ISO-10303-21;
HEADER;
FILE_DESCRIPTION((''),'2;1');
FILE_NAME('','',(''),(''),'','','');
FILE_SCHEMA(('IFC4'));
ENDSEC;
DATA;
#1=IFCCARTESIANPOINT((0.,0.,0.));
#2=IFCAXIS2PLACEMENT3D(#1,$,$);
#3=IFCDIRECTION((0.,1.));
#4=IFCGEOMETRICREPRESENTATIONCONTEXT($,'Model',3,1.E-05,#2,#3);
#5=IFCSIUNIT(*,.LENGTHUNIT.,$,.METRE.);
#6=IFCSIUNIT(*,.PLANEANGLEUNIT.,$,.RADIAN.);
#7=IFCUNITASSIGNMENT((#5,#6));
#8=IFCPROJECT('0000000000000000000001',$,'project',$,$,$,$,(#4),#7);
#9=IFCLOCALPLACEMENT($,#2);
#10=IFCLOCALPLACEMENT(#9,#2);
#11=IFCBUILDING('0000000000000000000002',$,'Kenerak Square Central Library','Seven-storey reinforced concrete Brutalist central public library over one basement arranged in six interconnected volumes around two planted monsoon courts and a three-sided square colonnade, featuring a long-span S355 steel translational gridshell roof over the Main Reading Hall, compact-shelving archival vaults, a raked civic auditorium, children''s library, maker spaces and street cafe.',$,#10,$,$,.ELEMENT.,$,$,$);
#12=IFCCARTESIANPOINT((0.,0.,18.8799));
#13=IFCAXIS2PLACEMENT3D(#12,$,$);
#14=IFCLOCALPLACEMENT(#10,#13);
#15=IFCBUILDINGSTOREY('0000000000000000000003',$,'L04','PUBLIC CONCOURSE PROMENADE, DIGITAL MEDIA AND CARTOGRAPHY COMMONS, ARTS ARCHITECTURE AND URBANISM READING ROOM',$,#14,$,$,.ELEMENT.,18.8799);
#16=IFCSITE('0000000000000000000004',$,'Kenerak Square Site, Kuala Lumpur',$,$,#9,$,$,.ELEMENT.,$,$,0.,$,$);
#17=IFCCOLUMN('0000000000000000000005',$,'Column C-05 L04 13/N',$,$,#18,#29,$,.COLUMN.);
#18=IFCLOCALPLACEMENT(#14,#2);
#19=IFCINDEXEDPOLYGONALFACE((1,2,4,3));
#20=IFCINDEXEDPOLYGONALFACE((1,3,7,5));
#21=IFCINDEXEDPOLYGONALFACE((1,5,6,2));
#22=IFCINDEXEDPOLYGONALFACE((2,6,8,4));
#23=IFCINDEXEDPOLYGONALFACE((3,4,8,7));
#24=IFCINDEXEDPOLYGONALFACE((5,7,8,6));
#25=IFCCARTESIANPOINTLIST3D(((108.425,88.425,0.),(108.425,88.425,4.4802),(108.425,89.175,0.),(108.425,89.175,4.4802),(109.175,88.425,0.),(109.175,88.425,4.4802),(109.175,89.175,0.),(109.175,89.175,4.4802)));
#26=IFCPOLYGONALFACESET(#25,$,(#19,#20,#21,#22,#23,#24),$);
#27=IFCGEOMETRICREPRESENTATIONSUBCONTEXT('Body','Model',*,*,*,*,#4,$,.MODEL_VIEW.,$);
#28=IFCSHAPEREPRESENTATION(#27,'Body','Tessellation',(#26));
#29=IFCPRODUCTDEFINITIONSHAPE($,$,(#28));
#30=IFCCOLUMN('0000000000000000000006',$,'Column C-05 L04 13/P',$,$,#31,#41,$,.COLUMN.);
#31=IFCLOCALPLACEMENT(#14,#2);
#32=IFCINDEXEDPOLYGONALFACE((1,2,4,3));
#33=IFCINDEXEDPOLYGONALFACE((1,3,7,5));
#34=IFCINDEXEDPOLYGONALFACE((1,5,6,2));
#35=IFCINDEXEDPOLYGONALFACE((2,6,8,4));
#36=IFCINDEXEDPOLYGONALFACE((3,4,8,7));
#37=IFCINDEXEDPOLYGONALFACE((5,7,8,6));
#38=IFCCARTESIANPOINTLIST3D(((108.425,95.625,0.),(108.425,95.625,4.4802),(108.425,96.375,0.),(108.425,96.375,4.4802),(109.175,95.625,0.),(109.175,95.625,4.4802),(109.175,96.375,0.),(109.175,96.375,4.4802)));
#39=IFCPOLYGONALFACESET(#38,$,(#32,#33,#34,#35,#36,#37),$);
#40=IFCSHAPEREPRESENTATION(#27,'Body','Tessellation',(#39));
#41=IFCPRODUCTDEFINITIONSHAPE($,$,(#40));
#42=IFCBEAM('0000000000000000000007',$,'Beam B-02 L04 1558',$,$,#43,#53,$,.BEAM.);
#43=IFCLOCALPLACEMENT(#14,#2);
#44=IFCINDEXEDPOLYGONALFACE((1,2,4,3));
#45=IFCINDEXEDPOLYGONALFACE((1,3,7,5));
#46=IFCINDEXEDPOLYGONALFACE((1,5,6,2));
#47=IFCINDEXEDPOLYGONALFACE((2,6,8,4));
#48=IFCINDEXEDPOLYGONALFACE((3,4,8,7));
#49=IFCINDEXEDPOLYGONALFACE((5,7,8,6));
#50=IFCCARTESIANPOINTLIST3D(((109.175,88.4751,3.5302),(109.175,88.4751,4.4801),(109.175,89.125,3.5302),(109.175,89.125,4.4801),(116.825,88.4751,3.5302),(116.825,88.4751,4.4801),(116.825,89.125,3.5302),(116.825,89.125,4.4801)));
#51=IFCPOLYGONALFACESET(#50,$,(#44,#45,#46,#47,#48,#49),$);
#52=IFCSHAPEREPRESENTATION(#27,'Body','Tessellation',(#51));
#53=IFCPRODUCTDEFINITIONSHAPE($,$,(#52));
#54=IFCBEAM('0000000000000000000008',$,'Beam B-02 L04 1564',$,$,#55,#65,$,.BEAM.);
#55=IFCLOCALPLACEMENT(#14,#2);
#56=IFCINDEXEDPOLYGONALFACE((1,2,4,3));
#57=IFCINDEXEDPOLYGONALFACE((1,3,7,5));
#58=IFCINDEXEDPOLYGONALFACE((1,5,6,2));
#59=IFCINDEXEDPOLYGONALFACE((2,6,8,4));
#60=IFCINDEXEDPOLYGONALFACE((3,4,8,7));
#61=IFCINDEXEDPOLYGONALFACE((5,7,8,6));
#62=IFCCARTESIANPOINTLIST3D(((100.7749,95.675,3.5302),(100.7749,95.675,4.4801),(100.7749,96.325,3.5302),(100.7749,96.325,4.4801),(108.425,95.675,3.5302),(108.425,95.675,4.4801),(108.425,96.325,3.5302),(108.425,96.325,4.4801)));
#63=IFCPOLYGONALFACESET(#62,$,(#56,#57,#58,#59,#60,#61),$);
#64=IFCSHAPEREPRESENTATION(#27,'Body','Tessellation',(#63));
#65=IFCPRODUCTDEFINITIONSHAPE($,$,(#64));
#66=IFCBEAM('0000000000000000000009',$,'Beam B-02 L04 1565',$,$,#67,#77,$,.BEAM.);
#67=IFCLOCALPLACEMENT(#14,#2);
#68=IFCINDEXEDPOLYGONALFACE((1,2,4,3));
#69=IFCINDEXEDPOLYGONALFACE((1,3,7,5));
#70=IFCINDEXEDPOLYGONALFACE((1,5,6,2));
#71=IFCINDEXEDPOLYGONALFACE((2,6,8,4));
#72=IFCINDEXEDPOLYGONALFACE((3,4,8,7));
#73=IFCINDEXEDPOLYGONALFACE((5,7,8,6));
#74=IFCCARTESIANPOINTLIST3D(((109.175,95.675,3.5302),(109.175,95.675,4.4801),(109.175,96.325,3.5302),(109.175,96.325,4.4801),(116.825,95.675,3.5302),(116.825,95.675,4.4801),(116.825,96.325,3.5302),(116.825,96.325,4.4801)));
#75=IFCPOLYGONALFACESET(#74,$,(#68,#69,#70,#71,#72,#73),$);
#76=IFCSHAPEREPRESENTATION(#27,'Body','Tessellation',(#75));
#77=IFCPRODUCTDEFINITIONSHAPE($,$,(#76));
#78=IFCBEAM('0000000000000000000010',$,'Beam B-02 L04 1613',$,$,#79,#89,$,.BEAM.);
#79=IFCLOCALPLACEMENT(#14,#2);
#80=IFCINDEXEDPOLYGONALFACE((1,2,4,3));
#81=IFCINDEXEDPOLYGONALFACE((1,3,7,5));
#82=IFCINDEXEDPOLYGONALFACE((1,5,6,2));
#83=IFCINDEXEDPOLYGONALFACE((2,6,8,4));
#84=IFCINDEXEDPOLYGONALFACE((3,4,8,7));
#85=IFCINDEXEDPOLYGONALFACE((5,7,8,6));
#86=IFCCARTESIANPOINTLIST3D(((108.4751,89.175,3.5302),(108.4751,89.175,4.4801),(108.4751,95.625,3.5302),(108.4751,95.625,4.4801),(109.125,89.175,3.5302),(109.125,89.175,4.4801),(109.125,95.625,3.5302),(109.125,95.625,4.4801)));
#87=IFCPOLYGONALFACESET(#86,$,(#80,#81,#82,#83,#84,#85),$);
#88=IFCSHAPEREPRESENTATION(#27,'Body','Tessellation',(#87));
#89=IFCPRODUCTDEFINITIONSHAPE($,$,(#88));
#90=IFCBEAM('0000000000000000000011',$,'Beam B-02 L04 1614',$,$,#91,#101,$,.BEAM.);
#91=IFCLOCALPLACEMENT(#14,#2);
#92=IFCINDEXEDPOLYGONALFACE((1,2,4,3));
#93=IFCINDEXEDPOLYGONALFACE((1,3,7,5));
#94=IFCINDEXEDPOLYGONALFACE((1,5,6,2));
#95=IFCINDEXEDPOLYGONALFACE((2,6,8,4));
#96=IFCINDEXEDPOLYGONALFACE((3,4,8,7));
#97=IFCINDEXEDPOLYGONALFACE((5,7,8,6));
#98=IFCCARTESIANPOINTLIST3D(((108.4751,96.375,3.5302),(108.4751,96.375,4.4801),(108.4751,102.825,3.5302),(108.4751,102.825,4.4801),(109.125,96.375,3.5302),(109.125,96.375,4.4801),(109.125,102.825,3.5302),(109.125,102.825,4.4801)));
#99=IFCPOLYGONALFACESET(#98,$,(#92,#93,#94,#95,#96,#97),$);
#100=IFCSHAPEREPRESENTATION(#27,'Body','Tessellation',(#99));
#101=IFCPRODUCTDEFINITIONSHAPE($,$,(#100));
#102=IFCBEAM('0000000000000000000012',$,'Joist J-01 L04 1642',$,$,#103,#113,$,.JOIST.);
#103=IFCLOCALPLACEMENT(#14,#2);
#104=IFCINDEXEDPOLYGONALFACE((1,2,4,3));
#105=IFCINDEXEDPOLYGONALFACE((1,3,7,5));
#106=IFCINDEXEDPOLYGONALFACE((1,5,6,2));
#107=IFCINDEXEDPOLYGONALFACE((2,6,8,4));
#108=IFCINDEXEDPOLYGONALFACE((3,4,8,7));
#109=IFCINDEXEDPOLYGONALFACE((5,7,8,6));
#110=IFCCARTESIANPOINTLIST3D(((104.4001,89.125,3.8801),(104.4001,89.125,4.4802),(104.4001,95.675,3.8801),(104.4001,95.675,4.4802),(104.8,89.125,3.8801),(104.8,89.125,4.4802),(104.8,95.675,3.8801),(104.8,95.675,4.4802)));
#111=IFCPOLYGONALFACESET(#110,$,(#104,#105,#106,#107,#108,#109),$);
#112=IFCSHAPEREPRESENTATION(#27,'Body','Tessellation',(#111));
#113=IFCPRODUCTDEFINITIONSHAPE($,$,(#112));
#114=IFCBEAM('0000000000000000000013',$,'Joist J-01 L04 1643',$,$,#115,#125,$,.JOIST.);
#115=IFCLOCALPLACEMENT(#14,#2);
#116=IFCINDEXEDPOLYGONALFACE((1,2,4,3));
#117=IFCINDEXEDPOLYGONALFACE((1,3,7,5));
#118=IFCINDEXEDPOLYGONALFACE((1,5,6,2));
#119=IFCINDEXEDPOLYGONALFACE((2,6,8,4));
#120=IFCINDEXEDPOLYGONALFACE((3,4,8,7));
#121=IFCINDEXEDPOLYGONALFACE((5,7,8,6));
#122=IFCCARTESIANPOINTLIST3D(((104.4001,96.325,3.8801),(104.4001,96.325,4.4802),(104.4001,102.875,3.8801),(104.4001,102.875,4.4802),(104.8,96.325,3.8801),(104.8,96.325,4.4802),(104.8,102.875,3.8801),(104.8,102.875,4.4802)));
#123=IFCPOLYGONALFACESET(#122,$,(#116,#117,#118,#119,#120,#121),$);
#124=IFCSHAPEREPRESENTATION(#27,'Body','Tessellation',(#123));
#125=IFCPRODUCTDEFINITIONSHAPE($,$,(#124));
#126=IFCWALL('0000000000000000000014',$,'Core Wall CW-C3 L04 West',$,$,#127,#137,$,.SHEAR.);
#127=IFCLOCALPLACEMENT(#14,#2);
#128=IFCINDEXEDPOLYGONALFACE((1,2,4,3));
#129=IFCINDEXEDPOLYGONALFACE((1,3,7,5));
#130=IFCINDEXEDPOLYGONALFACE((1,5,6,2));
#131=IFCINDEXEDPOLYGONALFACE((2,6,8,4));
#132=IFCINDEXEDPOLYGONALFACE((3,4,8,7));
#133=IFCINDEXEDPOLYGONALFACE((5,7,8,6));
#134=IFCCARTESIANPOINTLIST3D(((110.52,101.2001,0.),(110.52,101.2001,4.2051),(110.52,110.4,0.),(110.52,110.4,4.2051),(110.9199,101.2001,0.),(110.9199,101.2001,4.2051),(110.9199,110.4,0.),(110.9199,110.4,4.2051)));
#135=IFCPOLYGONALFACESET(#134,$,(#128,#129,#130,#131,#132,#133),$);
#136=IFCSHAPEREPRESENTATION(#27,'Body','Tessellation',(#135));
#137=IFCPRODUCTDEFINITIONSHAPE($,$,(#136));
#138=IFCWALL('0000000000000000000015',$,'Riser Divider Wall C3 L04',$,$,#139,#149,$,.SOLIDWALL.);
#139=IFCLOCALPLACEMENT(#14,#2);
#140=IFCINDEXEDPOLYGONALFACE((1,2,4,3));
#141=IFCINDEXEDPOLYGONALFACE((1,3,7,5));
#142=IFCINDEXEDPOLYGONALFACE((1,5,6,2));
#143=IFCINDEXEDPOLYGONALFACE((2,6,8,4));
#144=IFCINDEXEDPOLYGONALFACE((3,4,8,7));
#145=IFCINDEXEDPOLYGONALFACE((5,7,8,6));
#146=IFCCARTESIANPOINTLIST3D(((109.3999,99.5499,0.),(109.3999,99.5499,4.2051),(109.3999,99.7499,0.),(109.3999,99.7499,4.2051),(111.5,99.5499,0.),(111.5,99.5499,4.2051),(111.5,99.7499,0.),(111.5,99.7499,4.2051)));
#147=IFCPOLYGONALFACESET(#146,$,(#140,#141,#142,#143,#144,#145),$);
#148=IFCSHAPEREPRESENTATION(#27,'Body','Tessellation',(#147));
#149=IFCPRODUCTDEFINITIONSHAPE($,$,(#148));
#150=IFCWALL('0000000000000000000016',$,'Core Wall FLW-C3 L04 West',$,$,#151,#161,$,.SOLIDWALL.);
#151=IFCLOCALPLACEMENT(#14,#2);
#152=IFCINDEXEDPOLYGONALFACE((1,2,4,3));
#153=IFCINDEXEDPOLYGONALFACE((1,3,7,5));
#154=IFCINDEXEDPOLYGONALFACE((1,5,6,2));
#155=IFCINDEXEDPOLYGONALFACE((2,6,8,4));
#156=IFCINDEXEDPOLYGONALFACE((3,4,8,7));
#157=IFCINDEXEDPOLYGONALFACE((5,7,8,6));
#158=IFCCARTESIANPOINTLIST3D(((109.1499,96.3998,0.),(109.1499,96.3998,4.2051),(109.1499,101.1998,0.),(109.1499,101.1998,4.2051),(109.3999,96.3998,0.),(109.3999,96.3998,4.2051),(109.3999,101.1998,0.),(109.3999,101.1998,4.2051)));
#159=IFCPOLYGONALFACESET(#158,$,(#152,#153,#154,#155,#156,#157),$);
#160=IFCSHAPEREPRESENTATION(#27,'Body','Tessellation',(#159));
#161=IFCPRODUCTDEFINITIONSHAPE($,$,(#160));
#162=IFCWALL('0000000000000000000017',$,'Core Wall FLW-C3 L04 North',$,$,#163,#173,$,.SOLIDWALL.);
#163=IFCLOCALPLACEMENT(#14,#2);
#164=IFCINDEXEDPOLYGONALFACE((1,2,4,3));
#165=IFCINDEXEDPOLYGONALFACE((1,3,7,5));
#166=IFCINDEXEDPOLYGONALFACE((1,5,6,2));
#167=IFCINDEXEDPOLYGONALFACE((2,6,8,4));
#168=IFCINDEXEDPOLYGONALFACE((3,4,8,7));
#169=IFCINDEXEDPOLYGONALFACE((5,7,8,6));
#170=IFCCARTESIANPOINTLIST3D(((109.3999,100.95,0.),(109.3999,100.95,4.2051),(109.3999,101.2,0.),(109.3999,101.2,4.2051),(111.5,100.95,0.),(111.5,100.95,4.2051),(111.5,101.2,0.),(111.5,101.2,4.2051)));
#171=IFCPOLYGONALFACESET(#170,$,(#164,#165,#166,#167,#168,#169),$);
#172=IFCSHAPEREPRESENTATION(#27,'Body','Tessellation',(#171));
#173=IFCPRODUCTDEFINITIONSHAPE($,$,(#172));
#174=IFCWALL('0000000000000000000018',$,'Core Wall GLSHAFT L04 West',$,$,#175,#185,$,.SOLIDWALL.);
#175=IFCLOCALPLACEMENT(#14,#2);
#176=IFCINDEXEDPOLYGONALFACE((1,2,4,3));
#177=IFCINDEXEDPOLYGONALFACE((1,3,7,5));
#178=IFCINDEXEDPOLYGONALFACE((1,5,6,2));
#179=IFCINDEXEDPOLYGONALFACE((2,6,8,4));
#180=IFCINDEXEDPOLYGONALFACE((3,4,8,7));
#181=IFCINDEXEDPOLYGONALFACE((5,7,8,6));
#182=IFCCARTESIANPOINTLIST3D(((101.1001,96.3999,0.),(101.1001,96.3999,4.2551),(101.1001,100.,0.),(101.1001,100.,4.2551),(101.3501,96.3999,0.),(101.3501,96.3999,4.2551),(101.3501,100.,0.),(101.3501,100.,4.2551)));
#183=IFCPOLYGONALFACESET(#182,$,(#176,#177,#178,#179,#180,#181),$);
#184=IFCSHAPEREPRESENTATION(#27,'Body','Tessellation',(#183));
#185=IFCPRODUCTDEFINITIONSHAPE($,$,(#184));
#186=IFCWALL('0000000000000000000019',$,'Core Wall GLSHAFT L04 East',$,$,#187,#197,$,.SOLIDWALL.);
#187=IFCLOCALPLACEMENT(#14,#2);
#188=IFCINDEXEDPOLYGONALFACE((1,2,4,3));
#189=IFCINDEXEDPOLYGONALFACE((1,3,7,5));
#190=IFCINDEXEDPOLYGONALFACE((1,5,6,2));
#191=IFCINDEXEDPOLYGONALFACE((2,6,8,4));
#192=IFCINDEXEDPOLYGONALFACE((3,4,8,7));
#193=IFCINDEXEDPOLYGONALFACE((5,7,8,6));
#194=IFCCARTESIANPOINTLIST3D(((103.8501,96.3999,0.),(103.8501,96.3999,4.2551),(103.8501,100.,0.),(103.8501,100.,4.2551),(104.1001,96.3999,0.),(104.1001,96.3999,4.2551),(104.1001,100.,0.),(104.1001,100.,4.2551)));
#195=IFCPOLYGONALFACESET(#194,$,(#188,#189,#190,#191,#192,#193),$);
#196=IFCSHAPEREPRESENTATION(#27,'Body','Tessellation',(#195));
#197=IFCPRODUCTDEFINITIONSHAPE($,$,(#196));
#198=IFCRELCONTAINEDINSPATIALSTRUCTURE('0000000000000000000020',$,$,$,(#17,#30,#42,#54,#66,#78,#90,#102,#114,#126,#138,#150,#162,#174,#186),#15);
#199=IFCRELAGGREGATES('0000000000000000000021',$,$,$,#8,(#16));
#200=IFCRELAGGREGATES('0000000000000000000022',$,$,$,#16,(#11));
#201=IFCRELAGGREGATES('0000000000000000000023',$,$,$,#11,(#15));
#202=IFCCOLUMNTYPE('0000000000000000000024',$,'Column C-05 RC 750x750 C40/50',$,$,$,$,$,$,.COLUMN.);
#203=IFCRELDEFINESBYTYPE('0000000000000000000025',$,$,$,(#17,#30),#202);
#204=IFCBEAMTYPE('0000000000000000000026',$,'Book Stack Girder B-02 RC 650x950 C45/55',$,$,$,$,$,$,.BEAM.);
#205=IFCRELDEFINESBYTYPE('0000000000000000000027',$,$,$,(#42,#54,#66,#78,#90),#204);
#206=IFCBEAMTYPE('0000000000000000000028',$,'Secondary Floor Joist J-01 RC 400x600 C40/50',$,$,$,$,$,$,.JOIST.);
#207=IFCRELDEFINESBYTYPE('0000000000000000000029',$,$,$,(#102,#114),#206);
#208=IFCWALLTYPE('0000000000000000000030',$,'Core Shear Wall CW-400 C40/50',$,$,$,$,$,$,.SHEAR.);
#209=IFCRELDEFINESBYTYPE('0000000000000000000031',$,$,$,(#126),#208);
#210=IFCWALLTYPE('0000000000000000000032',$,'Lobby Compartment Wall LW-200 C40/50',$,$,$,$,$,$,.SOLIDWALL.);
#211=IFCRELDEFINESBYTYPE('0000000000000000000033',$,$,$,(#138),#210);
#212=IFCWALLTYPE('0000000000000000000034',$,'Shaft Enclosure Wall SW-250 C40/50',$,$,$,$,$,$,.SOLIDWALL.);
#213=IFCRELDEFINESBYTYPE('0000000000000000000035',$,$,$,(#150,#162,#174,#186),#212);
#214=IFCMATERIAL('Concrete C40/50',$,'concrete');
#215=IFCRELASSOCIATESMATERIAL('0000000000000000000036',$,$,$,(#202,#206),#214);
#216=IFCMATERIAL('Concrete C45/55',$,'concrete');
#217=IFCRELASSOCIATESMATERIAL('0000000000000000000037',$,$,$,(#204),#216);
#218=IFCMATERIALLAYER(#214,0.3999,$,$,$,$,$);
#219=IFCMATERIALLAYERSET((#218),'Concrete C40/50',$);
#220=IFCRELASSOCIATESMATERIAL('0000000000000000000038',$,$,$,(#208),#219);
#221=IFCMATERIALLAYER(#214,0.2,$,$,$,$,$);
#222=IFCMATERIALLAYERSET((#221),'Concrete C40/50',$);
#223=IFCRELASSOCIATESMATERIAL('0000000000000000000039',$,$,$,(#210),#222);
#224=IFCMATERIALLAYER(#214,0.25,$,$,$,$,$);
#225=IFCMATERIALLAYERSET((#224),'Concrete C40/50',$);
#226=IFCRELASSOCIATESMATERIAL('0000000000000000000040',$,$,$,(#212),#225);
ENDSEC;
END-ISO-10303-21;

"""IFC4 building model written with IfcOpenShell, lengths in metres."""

from ifc_helpers import new_model, si_unit, direction, frame, frame_2d, origin, origin_2d, place, context, subcontext, project, spatial, rectangle, extrude, material, layer, layer_set, material_profile, profile_set, type_object, element, save


model = new_model("IFC4")

# Units and contexts
model_context = context("Model", 3, precision=1e-05, world=origin(), true_north=direction((0.0, 1.0)))
body_context = subcontext(model_context, "Body", "Model", "MODEL_VIEW")
ifc_project = project(units=[si_unit("LENGTHUNIT", "METRE"), si_unit("PLANEANGLEUNIT", "RADIAN")], contexts=[model_context])

# Site, building, storey
site_placement = place(None, origin())
site = spatial("IfcSite", under=ifc_project, at=site_placement, Name="Kenerak Square Site, Kuala Lumpur", CompositionType="ELEMENT", RefElevation=0.0)
building_placement = place(site_placement, origin())
building = spatial("IfcBuilding", under=site, at=building_placement, Name="Kenerak Square Central Library", Description="Seven-storey reinforced concrete Brutalist central public library over one basement arranged in six interconnected volumes around two planted monsoon courts and a three-sided square colonnade, featuring a long-span S355 steel translational gridshell roof over the Main Reading Hall, compact-shelving archival vaults, a raked civic auditorium, children's library, maker spaces and street cafe.", CompositionType="ELEMENT")
storey_placement = place(building_placement, frame((0.0, 0.0, 18.8799)))
storey = spatial("IfcBuildingStorey", under=building, at=storey_placement, Name="L04", Description="PUBLIC CONCOURSE PROMENADE, DIGITAL MEDIA AND CARTOGRAPHY COMMONS, ARTS ARCHITECTURE AND URBANISM READING ROOM", CompositionType="ELEMENT", Elevation=18.8799)

# Columns
ifc_material_1 = material(Name="Concrete C40/50", Category="concrete")
ifc_material_profile_1 = material_profile(ifc_material_1, rectangle(XDim=0.75, YDim=0.75, at=origin_2d()), Name="RC 750x750")
ifc_profile_set_1 = profile_set([ifc_material_profile_1], Name="Concrete C40/50")
column_type = type_object("IfcColumnType", Name="Column C-05 RC 750x750 C40/50", PredefinedType="COLUMN", material=ifc_profile_set_1)
for number, where, z_axis, x_axis, name in (
    (1, (108.8, 88.8, 0.0), (0.0, 0.0, 1.0), (1.0, 0.0, 0.0), "Column C-05 L04 13/N"),
    (2, (108.8, 96.0, 0.0), (0.0, 0.0, 1.0), (1.0, 0.0, 0.0), "Column C-05 L04 13/P"),
):
    element("IfcColumn", number, at=place(storey_placement, frame(where, z_axis=z_axis, x_axis=x_axis)), inside=storey, type_object=column_type, Name=name, PredefinedType="COLUMN", context=body_context, shape_type="SweptSolid", body=[
        extrude(rectangle(XDim=0.75, YDim=0.75, at=origin_2d()), origin(), (0.0, 0.0, 1.0), 4.4802),
    ])

# Beams
ifc_material_2 = material(Name="Concrete C45/55", Category="concrete")
ifc_material_profile_2 = material_profile(ifc_material_2, rectangle(XDim=0.6499, YDim=0.95, at=origin_2d()), Name="RC 650x950")
ifc_profile_set_2 = profile_set([ifc_material_profile_2], Name="Concrete C45/55")
beam_type_1 = type_object("IfcBeamType", Name="Book Stack Girder B-02 RC 650x950 C45/55", PredefinedType="BEAM", material=ifc_profile_set_2)
beam_1_placement = place(storey_placement, frame((109.175, 88.8, 4.0051), z_axis=(1.0, 0.0, 0.0), x_axis=(0.0, 1.0, 0.0)))
element("IfcBeam", 3, at=beam_1_placement, inside=storey, type_object=beam_type_1, Name="Beam B-02 L04 1558", PredefinedType="BEAM", context=body_context, shape_type="SweptSolid", body=[
    extrude(rectangle(XDim=0.6499, YDim=0.95, at=origin_2d()), origin(), (0.0, 0.0, 1.0), 7.6499),
])
beam_2_placement = place(storey_placement, frame((100.7749, 96.0, 4.0051), z_axis=(1.0, 0.0, 0.0), x_axis=(0.0, 1.0, 0.0)))
element("IfcBeam", 4, at=beam_2_placement, inside=storey, type_object=beam_type_1, Name="Beam B-02 L04 1564", PredefinedType="BEAM", context=body_context, shape_type="SweptSolid", body=[
    extrude(rectangle(XDim=0.6499, YDim=0.95, at=origin_2d()), origin(), (0.0, 0.0, 1.0), 7.6501),
])
beam_3_placement = place(storey_placement, frame((109.175, 96.0, 4.0051), z_axis=(1.0, 0.0, 0.0), x_axis=(0.0, 1.0, 0.0)))
element("IfcBeam", 5, at=beam_3_placement, inside=storey, type_object=beam_type_1, Name="Beam B-02 L04 1565", PredefinedType="BEAM", context=body_context, shape_type="SweptSolid", body=[
    extrude(rectangle(XDim=0.6499, YDim=0.95, at=origin_2d()), origin(), (0.0, 0.0, 1.0), 7.6499),
])
for number, where, z_axis, x_axis, name in (
    (6, (108.8, 89.175, 4.0051), (0.0, 1.0, 0.0), (-1.0, 0.0, 0.0), "Beam B-02 L04 1613"),
    (7, (108.8, 96.375, 4.0051), (0.0, 1.0, 0.0), (-1.0, 0.0, 0.0), "Beam B-02 L04 1614"),
):
    element("IfcBeam", number, at=place(storey_placement, frame(where, z_axis=z_axis, x_axis=x_axis)), inside=storey, type_object=beam_type_1, Name=name, PredefinedType="BEAM", context=body_context, shape_type="SweptSolid", body=[
        extrude(rectangle(XDim=0.6499, YDim=0.95, at=origin_2d()), origin(), (0.0, 0.0, 1.0), 6.45),
    ])
ifc_material_profile_3 = material_profile(ifc_material_1, rectangle(XDim=0.3999, YDim=0.6001, at=origin_2d()), Name="RC 400x600")
ifc_profile_set_3 = profile_set([ifc_material_profile_3], Name="Concrete C40/50")
beam_type_2 = type_object("IfcBeamType", Name="Secondary Floor Joist J-01 RC 400x600 C40/50", PredefinedType="JOIST", material=ifc_profile_set_3)
for number, where, z_axis, x_axis, name in (
    (8, (104.6001, 89.125, 4.1802), (0.0, 1.0, 0.0), (-1.0, 0.0, 0.0), "Joist J-01 L04 1642"),
    (9, (104.6001, 96.325, 4.1802), (0.0, 1.0, 0.0), (-1.0, 0.0, 0.0), "Joist J-01 L04 1643"),
):
    element("IfcBeam", number, at=place(storey_placement, frame(where, z_axis=z_axis, x_axis=x_axis)), inside=storey, type_object=beam_type_2, Name=name, PredefinedType="JOIST", context=body_context, shape_type="SweptSolid", body=[
        extrude(rectangle(XDim=0.3999, YDim=0.6001, at=origin_2d()), origin(), (0.0, 0.0, 1.0), 6.55),
    ])

# Walls
ifc_layer_1 = layer(ifc_material_1, 0.3999)
ifc_layer_set_1 = layer_set([ifc_layer_1], Name="Concrete C40/50")
wall_type_1 = type_object("IfcWallType", Name="Core Shear Wall CW-400 C40/50", PredefinedType="SHEAR", material=ifc_layer_set_1)
wall_1_placement = place(storey_placement, frame((110.72, 101.2, 0.0), z_axis=(0.0, 0.0, 1.0), x_axis=(0.0, 1.0, 0.0)))
element("IfcWall", 10, at=wall_1_placement, inside=storey, type_object=wall_type_1, Name="Core Wall CW-C3 L04 West", PredefinedType="SHEAR", context=body_context, shape_type="SweptSolid", body=[
    extrude(rectangle(XDim=9.2, YDim=0.3999, at=frame_2d((4.6001, 0.0))), origin(), (0.0, 0.0, 1.0), 4.2051),
])
ifc_layer_2 = layer(ifc_material_1, 0.2)
ifc_layer_set_2 = layer_set([ifc_layer_2], Name="Concrete C40/50")
wall_type_2 = type_object("IfcWallType", Name="Lobby Compartment Wall LW-200 C40/50", PredefinedType="SOLIDWALL", material=ifc_layer_set_2)
wall_2_placement = place(storey_placement, frame((109.3999, 99.6499, 0.0), z_axis=(0.0, 0.0, 1.0), x_axis=(1.0, 0.0, 0.0)))
element("IfcWall", 11, at=wall_2_placement, inside=storey, type_object=wall_type_2, Name="Riser Divider Wall C3 L04", PredefinedType="SOLIDWALL", context=body_context, shape_type="SweptSolid", body=[
    extrude(rectangle(XDim=2.1001, YDim=0.2, at=frame_2d((1.05, 0.0))), origin(), (0.0, 0.0, 1.0), 4.2051),
])
ifc_layer_3 = layer(ifc_material_1, 0.25)
ifc_layer_set_3 = layer_set([ifc_layer_3], Name="Concrete C40/50")
wall_type_3 = type_object("IfcWallType", Name="Shaft Enclosure Wall SW-250 C40/50", PredefinedType="SOLIDWALL", material=ifc_layer_set_3)
wall_3_placement = place(storey_placement, frame((109.2749, 96.3999, 0.0), z_axis=(0.0, 0.0, 1.0), x_axis=(0.0, 1.0, 0.0)))
element("IfcWall", 12, at=wall_3_placement, inside=storey, type_object=wall_type_3, Name="Core Wall FLW-C3 L04 West", PredefinedType="SOLIDWALL", context=body_context, shape_type="SweptSolid", body=[
    extrude(rectangle(XDim=4.8, YDim=0.25, at=frame_2d((2.3999, 0.0))), origin(), (0.0, 0.0, 1.0), 4.2051),
])
wall_4_placement = place(storey_placement, frame((109.3999, 101.075, 0.0), z_axis=(0.0, 0.0, 1.0), x_axis=(1.0, 0.0, 0.0)))
element("IfcWall", 13, at=wall_4_placement, inside=storey, type_object=wall_type_3, Name="Core Wall FLW-C3 L04 North", PredefinedType="SOLIDWALL", context=body_context, shape_type="SweptSolid", body=[
    extrude(rectangle(XDim=2.1001, YDim=0.25, at=frame_2d((1.05, 0.0))), origin(), (0.0, 0.0, 1.0), 4.2051),
])
for number, where, z_axis, x_axis, name in (
    (14, (101.2251, 96.3999, 0.0), (0.0, 0.0, 1.0), (0.0, 1.0, 0.0), "Core Wall GLSHAFT L04 West"),
    (15, (103.9751, 100.0, 0.0), (0.0, 0.0, 1.0), (0.0, -1.0, 0.0), "Core Wall GLSHAFT L04 East"),
):
    element("IfcWall", number, at=place(storey_placement, frame(where, z_axis=z_axis, x_axis=x_axis)), inside=storey, type_object=wall_type_3, Name=name, PredefinedType="SOLIDWALL", context=body_context, shape_type="SweptSolid", body=[
        extrude(rectangle(XDim=3.6001, YDim=0.25, at=frame_2d((1.8, 0.0))), origin(), (0.0, 0.0, 1.0), 4.2551),
    ])

save(model, "model.ifc")
